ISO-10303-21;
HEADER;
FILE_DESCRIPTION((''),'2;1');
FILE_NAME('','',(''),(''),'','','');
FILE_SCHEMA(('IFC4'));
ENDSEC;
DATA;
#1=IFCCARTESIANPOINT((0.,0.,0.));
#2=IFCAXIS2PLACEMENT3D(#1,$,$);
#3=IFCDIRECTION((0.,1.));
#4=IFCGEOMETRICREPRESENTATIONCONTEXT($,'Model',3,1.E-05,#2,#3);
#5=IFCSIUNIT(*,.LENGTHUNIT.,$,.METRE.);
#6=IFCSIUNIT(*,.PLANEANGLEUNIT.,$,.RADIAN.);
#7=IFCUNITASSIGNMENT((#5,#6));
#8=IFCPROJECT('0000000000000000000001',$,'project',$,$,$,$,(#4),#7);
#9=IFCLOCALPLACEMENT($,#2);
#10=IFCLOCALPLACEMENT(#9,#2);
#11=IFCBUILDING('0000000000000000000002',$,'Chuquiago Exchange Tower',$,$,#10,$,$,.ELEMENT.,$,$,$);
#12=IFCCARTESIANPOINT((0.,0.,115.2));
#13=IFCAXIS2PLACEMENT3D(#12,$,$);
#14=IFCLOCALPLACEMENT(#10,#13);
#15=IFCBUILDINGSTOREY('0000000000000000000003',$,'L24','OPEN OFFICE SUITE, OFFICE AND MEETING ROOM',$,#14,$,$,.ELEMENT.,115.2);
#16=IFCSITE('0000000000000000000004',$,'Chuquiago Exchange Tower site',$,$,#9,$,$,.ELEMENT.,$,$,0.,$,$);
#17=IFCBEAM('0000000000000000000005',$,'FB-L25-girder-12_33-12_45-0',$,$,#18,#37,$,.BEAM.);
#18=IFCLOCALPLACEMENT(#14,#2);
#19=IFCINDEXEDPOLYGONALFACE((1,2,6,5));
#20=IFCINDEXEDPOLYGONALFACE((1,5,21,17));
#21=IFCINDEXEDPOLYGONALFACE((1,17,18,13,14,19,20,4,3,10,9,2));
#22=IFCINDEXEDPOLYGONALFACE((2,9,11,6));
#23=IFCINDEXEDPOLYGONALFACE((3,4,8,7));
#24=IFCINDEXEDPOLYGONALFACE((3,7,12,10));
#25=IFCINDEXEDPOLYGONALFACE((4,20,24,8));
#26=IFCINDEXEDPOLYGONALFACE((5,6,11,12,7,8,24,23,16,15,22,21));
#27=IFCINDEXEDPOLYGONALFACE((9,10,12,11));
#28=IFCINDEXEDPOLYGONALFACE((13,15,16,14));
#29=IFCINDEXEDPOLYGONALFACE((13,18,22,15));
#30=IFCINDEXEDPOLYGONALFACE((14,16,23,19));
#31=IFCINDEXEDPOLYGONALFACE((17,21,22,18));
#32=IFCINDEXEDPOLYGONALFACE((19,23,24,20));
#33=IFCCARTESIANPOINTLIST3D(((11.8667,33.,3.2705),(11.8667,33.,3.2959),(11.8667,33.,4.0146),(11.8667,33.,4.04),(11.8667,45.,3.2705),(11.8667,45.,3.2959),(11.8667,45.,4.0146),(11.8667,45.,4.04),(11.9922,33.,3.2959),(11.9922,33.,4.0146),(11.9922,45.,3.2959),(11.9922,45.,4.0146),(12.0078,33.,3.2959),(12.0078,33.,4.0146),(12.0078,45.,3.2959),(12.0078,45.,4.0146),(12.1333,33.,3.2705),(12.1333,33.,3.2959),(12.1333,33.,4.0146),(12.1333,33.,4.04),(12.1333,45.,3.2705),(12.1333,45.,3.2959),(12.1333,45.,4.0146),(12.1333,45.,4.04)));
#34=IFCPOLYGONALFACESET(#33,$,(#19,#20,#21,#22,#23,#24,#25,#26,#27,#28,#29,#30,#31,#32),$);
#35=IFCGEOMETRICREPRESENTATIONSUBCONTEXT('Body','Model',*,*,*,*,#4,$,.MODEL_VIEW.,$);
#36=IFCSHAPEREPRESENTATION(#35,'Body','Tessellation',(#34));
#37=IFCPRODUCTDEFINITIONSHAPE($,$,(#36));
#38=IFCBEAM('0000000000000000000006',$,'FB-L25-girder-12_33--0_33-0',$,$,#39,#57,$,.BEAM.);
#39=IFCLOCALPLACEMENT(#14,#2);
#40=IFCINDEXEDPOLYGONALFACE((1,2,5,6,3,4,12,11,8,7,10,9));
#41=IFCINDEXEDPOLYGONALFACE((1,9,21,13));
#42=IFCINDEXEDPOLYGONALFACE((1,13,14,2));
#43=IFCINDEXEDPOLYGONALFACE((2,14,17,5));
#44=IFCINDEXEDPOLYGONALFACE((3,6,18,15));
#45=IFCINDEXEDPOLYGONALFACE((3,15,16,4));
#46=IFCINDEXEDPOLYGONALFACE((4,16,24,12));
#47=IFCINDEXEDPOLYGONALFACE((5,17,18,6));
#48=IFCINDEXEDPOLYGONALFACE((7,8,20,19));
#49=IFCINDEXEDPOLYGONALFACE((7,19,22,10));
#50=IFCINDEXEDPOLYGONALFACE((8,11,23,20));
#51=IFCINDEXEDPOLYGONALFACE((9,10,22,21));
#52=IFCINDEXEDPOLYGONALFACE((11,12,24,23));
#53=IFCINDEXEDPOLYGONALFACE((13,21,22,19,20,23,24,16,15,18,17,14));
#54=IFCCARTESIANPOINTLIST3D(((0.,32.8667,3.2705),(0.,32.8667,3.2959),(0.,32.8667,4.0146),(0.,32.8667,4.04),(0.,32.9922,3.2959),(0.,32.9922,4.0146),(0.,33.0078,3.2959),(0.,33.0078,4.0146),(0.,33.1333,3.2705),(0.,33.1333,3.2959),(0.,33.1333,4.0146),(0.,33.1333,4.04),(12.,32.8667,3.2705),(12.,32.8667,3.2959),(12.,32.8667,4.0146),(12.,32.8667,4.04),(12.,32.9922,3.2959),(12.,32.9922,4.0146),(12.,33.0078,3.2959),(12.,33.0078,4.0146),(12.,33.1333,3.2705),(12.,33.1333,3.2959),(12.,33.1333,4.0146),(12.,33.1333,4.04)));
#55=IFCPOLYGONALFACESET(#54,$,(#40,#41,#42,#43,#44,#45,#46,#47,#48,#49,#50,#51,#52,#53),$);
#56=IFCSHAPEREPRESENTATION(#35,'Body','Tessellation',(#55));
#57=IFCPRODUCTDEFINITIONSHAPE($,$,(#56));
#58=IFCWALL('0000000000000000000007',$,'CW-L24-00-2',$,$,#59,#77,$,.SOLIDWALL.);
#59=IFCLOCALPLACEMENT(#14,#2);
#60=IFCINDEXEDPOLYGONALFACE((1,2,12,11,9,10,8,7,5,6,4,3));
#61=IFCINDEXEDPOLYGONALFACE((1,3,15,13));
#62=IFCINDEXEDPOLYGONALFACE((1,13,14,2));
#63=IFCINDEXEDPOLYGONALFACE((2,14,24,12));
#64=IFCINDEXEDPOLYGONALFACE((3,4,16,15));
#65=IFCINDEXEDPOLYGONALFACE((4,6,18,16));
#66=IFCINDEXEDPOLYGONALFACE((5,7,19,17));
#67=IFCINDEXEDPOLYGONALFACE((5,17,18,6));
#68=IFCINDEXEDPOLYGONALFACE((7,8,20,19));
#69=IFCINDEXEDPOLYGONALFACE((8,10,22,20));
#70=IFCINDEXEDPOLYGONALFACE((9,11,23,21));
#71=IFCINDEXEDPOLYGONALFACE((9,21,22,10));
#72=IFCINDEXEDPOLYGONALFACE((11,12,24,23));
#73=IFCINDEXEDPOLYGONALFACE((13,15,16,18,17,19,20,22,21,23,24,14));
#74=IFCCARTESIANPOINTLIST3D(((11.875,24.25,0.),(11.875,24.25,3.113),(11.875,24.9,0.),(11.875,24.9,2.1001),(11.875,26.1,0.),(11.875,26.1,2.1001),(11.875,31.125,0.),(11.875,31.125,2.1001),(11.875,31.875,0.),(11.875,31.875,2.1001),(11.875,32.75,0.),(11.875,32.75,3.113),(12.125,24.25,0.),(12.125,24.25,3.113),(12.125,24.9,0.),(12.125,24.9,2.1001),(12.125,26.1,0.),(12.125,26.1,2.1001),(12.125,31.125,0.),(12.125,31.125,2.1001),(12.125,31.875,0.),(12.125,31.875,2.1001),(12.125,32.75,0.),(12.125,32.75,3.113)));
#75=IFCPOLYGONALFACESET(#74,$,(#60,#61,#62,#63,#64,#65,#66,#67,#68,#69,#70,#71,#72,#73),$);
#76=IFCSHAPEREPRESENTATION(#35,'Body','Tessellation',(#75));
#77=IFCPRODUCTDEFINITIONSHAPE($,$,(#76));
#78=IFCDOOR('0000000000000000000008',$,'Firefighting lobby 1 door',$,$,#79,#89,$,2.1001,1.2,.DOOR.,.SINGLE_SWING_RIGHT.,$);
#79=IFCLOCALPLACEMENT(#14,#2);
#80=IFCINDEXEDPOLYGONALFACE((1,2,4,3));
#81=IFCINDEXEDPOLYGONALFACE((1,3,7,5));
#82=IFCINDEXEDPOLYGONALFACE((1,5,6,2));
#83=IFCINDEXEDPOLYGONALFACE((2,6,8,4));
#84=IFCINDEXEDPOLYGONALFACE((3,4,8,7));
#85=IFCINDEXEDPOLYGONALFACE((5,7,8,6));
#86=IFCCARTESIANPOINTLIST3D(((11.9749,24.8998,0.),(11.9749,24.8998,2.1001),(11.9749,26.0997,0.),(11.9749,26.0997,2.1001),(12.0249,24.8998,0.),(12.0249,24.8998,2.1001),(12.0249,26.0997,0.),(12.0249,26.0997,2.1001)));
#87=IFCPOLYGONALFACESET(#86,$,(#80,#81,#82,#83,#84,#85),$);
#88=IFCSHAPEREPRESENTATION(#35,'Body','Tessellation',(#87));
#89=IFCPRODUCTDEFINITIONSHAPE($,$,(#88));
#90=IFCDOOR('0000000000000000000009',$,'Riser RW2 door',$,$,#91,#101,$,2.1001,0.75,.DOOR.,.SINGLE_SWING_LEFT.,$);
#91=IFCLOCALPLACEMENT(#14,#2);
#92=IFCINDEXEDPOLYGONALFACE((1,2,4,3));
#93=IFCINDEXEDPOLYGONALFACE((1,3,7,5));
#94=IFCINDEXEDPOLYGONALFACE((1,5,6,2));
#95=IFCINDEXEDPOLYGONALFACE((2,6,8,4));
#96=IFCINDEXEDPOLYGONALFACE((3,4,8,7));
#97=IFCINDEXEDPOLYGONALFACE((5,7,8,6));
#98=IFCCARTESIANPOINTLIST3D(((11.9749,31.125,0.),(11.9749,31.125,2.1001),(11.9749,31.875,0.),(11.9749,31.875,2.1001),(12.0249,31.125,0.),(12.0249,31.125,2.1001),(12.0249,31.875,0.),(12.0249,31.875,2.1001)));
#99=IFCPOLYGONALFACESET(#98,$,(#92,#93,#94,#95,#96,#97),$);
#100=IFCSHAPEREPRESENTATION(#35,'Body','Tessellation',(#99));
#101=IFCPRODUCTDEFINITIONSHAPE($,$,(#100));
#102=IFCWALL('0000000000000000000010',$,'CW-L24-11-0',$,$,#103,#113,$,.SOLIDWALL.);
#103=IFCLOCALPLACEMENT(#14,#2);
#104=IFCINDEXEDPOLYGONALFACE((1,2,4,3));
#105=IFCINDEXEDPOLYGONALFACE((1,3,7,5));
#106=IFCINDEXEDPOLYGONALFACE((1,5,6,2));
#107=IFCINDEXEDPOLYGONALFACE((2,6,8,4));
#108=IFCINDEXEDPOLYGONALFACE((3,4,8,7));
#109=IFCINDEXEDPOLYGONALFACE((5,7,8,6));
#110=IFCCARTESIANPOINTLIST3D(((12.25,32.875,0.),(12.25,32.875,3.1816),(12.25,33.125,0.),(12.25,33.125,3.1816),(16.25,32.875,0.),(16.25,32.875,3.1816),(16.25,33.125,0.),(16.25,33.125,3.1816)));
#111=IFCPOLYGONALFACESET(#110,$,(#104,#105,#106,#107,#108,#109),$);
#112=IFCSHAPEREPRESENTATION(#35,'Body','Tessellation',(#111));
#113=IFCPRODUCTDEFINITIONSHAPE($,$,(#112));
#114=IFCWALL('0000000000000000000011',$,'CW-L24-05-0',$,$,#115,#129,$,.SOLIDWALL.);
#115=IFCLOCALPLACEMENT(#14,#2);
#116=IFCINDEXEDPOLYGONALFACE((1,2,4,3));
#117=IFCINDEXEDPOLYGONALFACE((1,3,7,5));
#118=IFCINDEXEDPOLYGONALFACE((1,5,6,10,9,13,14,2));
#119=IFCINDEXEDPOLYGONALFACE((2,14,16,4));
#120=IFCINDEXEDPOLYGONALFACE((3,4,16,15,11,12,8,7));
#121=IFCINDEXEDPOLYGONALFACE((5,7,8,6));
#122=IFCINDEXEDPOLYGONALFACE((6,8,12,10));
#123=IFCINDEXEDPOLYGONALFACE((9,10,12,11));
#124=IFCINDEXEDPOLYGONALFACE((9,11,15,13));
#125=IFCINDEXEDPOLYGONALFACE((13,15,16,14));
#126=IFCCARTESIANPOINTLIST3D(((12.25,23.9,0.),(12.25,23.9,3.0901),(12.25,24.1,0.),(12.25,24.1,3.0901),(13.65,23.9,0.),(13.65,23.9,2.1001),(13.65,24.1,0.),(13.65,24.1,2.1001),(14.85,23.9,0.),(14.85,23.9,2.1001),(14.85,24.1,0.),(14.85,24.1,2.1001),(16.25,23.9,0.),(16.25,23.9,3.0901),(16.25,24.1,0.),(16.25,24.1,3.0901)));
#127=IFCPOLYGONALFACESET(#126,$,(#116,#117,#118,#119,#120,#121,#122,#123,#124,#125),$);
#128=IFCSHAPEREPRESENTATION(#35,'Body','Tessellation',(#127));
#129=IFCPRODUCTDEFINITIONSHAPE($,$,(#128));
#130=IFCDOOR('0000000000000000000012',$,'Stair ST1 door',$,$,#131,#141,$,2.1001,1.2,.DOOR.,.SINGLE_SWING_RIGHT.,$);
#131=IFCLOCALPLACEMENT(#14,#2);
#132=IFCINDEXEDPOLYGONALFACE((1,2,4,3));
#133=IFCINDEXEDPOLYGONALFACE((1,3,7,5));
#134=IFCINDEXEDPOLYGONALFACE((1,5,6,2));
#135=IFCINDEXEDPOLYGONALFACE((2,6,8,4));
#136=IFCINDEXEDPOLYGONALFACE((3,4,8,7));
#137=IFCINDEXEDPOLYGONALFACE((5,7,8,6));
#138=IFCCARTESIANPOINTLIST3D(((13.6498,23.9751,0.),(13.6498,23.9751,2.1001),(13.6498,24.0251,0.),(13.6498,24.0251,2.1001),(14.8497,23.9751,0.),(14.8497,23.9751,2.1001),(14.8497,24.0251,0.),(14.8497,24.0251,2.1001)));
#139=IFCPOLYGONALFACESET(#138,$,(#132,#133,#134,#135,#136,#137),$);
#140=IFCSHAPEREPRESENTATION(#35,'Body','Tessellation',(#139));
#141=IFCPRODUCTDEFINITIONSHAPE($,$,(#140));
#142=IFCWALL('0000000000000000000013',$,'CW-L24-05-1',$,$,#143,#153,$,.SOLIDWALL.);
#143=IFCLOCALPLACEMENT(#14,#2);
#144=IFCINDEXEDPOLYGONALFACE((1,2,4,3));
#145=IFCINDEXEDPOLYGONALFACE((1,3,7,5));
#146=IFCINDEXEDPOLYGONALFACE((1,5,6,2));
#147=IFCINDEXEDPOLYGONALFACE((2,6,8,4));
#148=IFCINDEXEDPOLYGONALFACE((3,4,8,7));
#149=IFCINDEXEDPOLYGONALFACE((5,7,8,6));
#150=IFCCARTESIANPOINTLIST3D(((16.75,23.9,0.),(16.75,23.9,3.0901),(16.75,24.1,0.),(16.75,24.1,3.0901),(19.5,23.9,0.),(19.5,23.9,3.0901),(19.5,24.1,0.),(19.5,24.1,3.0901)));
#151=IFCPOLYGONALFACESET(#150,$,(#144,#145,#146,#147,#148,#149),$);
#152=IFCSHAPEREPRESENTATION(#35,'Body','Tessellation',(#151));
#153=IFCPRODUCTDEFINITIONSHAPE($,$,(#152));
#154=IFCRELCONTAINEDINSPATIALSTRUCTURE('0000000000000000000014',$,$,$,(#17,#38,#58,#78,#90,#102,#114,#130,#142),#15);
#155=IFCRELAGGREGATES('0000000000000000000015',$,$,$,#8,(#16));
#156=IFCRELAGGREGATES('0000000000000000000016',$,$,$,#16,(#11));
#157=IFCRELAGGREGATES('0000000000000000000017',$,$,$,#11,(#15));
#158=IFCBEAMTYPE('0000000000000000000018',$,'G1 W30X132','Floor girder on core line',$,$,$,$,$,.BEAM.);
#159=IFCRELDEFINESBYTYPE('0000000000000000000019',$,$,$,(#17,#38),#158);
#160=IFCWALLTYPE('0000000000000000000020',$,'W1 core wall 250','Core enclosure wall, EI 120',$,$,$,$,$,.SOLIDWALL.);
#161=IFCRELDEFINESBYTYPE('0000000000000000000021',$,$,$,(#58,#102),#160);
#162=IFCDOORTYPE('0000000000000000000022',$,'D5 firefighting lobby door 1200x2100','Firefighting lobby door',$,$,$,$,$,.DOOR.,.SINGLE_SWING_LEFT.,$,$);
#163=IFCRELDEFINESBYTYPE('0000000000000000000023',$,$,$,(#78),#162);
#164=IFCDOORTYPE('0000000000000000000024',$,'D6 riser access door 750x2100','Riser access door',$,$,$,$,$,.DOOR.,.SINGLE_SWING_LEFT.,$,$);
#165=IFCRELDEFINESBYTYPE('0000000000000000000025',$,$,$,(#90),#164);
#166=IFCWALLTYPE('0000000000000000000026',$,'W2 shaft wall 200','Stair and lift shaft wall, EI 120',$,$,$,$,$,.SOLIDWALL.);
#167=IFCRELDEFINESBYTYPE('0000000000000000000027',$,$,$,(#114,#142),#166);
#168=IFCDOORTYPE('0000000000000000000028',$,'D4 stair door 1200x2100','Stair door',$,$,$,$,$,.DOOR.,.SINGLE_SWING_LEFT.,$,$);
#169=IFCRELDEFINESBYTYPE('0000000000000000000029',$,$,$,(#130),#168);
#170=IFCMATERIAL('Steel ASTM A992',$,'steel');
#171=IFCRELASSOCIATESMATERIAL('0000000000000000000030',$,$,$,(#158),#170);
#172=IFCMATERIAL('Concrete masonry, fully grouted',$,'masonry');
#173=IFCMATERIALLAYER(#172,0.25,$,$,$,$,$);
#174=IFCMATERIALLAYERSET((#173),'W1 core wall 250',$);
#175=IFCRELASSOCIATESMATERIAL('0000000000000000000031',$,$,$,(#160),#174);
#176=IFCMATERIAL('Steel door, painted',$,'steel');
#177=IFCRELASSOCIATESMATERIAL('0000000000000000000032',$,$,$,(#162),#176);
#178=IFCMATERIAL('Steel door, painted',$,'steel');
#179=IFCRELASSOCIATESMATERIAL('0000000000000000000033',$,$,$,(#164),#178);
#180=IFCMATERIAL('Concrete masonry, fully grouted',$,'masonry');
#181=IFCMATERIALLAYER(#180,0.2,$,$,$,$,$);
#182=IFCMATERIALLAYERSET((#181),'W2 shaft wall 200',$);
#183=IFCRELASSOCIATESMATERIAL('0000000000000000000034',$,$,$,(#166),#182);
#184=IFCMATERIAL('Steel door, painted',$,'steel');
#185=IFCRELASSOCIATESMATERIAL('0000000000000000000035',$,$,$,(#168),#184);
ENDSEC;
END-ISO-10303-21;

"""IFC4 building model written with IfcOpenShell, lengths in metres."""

from ifc_helpers import new_model, si_unit, direction, frame, frame_2d, origin, origin_2d, place, context, subcontext, project, spatial, rectangle, i_section, extrude, material, layer, layer_set, material_profile, profile_set, type_object, element, fill, save


model = new_model("IFC4")

# Units and contexts
model_context = context("Model", 3, precision=1e-05, world=origin(), true_north=direction((0.0, 1.0)))
body_context = subcontext(model_context, "Body", "Model", "MODEL_VIEW")
ifc_project = project(units=[si_unit("LENGTHUNIT", "METRE"), si_unit("PLANEANGLEUNIT", "RADIAN")], contexts=[model_context])

# Site, building, storey
site_placement = place(None, origin())
site = spatial("IfcSite", under=ifc_project, at=site_placement, Name="Chuquiago Exchange Tower site", CompositionType="ELEMENT", RefElevation=0.0)
building_placement = place(site_placement, origin())
building = spatial("IfcBuilding", under=site, at=building_placement, Name="Chuquiago Exchange Tower", CompositionType="ELEMENT")
storey_placement = place(building_placement, frame((0.0, 0.0, 115.2)))
storey = spatial("IfcBuildingStorey", under=building, at=storey_placement, Name="L24", Description="OPEN OFFICE SUITE, OFFICE AND MEETING ROOM", CompositionType="ELEMENT", Elevation=115.2)

# Beams
ifc_material_1 = material(Name="Steel ASTM A992", Category="steel")
ifc_material_profile_1 = material_profile(ifc_material_1, i_section(OverallWidth=0.2666, OverallDepth=0.7695, WebThickness=0.0156, FlangeThickness=0.0254, at=origin_2d()), Name="W30X132")
ifc_profile_set_1 = profile_set([ifc_material_profile_1], Name="Steel ASTM A992")
beam_type_1 = type_object("IfcBeamType", Name="G1 W30X132", Description="Floor girder on core line", PredefinedType="BEAM", material=ifc_profile_set_1)
for number, where, z_axis, x_axis, name in (
    (1, (12.0, 33.0, 3.6553), (0.0, 1.0, 0.0), (-1.0, 0.0, 0.0), "FB-L25-girder-12_33-12_45-0"),
    (2, (12.0, 33.0, 3.6553), (-1.0, 0.0, 0.0), (0.0, -1.0, 0.0), "FB-L25-girder-12_33--0_33-0"),
):
    element("IfcBeam", number, at=place(storey_placement, frame(where, z_axis=z_axis, x_axis=x_axis)), inside=storey, type_object=beam_type_1, Name=name, PredefinedType="BEAM", context=body_context, shape_type="SweptSolid", body=[
        extrude(i_section(OverallWidth=0.2666, OverallDepth=0.7695, WebThickness=0.0156, FlangeThickness=0.0254, at=origin_2d()), origin(), (0.0, 0.0, 1.0), 12.0),
    ])

# Wall, openings, doors
ifc_material_2 = material(Name="Concrete masonry, fully grouted", Category="masonry")
ifc_layer_1 = layer(ifc_material_2, 0.25)
ifc_layer_set_1 = layer_set([ifc_layer_1], Name="W1 core wall 250")
wall_type_1 = type_object("IfcWallType", Name="W1 core wall 250", Description="Core enclosure wall, EI 120", PredefinedType="SOLIDWALL", material=ifc_layer_set_1)
wall_1_placement = place(storey_placement, frame((12.0, 24.25, 0.0), z_axis=(0.0, 0.0, 1.0), x_axis=(0.0, 1.0, 0.0)))
wall_1 = element("IfcWall", 3, at=wall_1_placement, inside=storey, type_object=wall_type_1, Name="CW-L24-00-2", PredefinedType="SOLIDWALL", context=body_context, shape_type="SweptSolid", body=[
    extrude(rectangle(XDim=8.5, YDim=0.25, at=frame_2d((4.25, 0.0))), origin(), (0.0, 0.0, 1.0), 3.113),
])
opening_1_placement = place(wall_1_placement, frame((0.6499, 0.0, 0.0)))
opening_1 = element("IfcOpeningElement", 4, at=opening_1_placement, cuts=wall_1, PredefinedType="OPENING", context=body_context, shape_type="SweptSolid", body=[
    extrude(rectangle(XDim=1.2, YDim=2.1001, at=frame_2d((0.6001, 1.05))), frame((0.0, 0.135, 0.0), z_axis=(0.0, -1.0, 0.0), x_axis=(1.0, 0.0, 0.0)), (0.0, 0.0, 1.0), 0.27),
])
opening_2_placement = place(wall_1_placement, frame((6.875, 0.0, 0.0)))
opening_2 = element("IfcOpeningElement", 5, at=opening_2_placement, cuts=wall_1, PredefinedType="OPENING", context=body_context, shape_type="SweptSolid", body=[
    extrude(rectangle(XDim=0.75, YDim=2.1001, at=frame_2d((0.375, 1.05))), frame((0.0, 0.135, 0.0), z_axis=(0.0, -1.0, 0.0), x_axis=(1.0, 0.0, 0.0)), (0.0, 0.0, 1.0), 0.27),
])
ifc_material_3 = material(Name="Steel door, painted", Category="steel")
door_type_1 = type_object("IfcDoorType", Name="D5 firefighting lobby door 1200x2100", Description="Firefighting lobby door", OperationType="SINGLE_SWING_LEFT", PredefinedType="DOOR", material=ifc_material_3)
door_1_placement = place(opening_1_placement, frame((1.2, 0.0, 0.0), z_axis=(0.0, 0.0, 1.0), x_axis=(-1.0, 0.0, 0.0)))
door_1 = element("IfcDoor", 6, at=door_1_placement, inside=storey, type_object=door_type_1, Name="Firefighting lobby 1 door", OperationType="SINGLE_SWING_RIGHT", OverallHeight=2.1001, OverallWidth=1.2, PredefinedType="DOOR", context=body_context, shape_type="SweptSolid", body=[
    extrude(rectangle(XDim=1.2, YDim=2.1001, at=frame_2d((0.6001, 1.05))), frame((0.0, 0.0249, 0.0), z_axis=(0.0, -1.0, 0.0), x_axis=(1.0, 0.0, 0.0)), (0.0, 0.0, 1.0), 0.05),
])
fill(opening_1, door_1)
ifc_material_4 = material(Name="Steel door, painted", Category="steel")
door_type_2 = type_object("IfcDoorType", Name="D6 riser access door 750x2100", Description="Riser access door", OperationType="SINGLE_SWING_LEFT", PredefinedType="DOOR", material=ifc_material_4)
door_2_placement = place(opening_2_placement, frame((0.75, 0.0, 0.0), z_axis=(0.0, 0.0, 1.0), x_axis=(-1.0, 0.0, 0.0)))
door_2 = element("IfcDoor", 7, at=door_2_placement, inside=storey, type_object=door_type_2, Name="Riser RW2 door", OperationType="SINGLE_SWING_LEFT", OverallHeight=2.1001, OverallWidth=0.75, PredefinedType="DOOR", context=body_context, shape_type="SweptSolid", body=[
    extrude(rectangle(XDim=0.75, YDim=2.1001, at=frame_2d((0.375, 1.05))), frame((0.0, 0.0249, 0.0), z_axis=(0.0, -1.0, 0.0), x_axis=(1.0, 0.0, 0.0)), (0.0, 0.0, 1.0), 0.05),
])
fill(opening_2, door_2)

# Wall
wall_2_placement = place(storey_placement, frame((12.25, 33.0, 0.0), z_axis=(0.0, 0.0, 1.0), x_axis=(1.0, 0.0, 0.0)))
element("IfcWall", 8, at=wall_2_placement, inside=storey, type_object=wall_type_1, Name="CW-L24-11-0", PredefinedType="SOLIDWALL", context=body_context, shape_type="SweptSolid", body=[
    extrude(rectangle(XDim=4.0, YDim=0.25, at=frame_2d((2.0, 0.0))), origin(), (0.0, 0.0, 1.0), 3.1816),
])

# Wall, opening, door
ifc_material_5 = material(Name="Concrete masonry, fully grouted", Category="masonry")
ifc_layer_2 = layer(ifc_material_5, 0.2)
ifc_layer_set_2 = layer_set([ifc_layer_2], Name="W2 shaft wall 200")
wall_type_2 = type_object("IfcWallType", Name="W2 shaft wall 200", Description="Stair and lift shaft wall, EI 120", PredefinedType="SOLIDWALL", material=ifc_layer_set_2)
wall_3_placement = place(storey_placement, frame((12.25, 24.0, 0.0), z_axis=(0.0, 0.0, 1.0), x_axis=(1.0, 0.0, 0.0)))
wall_3 = element("IfcWall", 9, at=wall_3_placement, inside=storey, type_object=wall_type_2, Name="CW-L24-05-0", PredefinedType="SOLIDWALL", context=body_context, shape_type="SweptSolid", body=[
    extrude(rectangle(XDim=4.0, YDim=0.2, at=frame_2d((2.0, 0.0))), origin(), (0.0, 0.0, 1.0), 3.0901),
])
opening_3_placement = place(wall_3_placement, frame((1.3999, 0.0, 0.0)))
opening_3 = element("IfcOpeningElement", 10, at=opening_3_placement, cuts=wall_3, PredefinedType="OPENING", context=body_context, shape_type="SweptSolid", body=[
    extrude(rectangle(XDim=1.2, YDim=2.1001, at=frame_2d((0.6001, 1.05))), frame((0.0, 0.1099, 0.0), z_axis=(0.0, -1.0, 0.0), x_axis=(1.0, 0.0, 0.0)), (0.0, 0.0, 1.0), 0.22),
])
ifc_material_6 = material(Name="Steel door, painted", Category="steel")
door_type_3 = type_object("IfcDoorType", Name="D4 stair door 1200x2100", Description="Stair door", OperationType="SINGLE_SWING_LEFT", PredefinedType="DOOR", material=ifc_material_6)
door_3_placement = place(opening_3_placement, frame((1.2, 0.0, 0.0), z_axis=(0.0, 0.0, 1.0), x_axis=(-1.0, 0.0, 0.0)))
door_3 = element("IfcDoor", 11, at=door_3_placement, inside=storey, type_object=door_type_3, Name="Stair ST1 door", OperationType="SINGLE_SWING_RIGHT", OverallHeight=2.1001, OverallWidth=1.2, PredefinedType="DOOR", context=body_context, shape_type="SweptSolid", body=[
    extrude(rectangle(XDim=1.2, YDim=2.1001, at=frame_2d((0.6001, 1.05))), frame((0.0, 0.0249, 0.0), z_axis=(0.0, -1.0, 0.0), x_axis=(1.0, 0.0, 0.0)), (0.0, 0.0, 1.0), 0.05),
])
fill(opening_3, door_3)

# Wall
wall_4_placement = place(storey_placement, frame((16.75, 24.0, 0.0), z_axis=(0.0, 0.0, 1.0), x_axis=(1.0, 0.0, 0.0)))
element("IfcWall", 12, at=wall_4_placement, inside=storey, type_object=wall_type_2, Name="CW-L24-05-1", PredefinedType="SOLIDWALL", context=body_context, shape_type="SweptSolid", body=[
    extrude(rectangle(XDim=2.75, YDim=0.2, at=frame_2d((1.375, 0.0))), origin(), (0.0, 0.0, 1.0), 3.0901),
])

save(model, "model.ifc")
